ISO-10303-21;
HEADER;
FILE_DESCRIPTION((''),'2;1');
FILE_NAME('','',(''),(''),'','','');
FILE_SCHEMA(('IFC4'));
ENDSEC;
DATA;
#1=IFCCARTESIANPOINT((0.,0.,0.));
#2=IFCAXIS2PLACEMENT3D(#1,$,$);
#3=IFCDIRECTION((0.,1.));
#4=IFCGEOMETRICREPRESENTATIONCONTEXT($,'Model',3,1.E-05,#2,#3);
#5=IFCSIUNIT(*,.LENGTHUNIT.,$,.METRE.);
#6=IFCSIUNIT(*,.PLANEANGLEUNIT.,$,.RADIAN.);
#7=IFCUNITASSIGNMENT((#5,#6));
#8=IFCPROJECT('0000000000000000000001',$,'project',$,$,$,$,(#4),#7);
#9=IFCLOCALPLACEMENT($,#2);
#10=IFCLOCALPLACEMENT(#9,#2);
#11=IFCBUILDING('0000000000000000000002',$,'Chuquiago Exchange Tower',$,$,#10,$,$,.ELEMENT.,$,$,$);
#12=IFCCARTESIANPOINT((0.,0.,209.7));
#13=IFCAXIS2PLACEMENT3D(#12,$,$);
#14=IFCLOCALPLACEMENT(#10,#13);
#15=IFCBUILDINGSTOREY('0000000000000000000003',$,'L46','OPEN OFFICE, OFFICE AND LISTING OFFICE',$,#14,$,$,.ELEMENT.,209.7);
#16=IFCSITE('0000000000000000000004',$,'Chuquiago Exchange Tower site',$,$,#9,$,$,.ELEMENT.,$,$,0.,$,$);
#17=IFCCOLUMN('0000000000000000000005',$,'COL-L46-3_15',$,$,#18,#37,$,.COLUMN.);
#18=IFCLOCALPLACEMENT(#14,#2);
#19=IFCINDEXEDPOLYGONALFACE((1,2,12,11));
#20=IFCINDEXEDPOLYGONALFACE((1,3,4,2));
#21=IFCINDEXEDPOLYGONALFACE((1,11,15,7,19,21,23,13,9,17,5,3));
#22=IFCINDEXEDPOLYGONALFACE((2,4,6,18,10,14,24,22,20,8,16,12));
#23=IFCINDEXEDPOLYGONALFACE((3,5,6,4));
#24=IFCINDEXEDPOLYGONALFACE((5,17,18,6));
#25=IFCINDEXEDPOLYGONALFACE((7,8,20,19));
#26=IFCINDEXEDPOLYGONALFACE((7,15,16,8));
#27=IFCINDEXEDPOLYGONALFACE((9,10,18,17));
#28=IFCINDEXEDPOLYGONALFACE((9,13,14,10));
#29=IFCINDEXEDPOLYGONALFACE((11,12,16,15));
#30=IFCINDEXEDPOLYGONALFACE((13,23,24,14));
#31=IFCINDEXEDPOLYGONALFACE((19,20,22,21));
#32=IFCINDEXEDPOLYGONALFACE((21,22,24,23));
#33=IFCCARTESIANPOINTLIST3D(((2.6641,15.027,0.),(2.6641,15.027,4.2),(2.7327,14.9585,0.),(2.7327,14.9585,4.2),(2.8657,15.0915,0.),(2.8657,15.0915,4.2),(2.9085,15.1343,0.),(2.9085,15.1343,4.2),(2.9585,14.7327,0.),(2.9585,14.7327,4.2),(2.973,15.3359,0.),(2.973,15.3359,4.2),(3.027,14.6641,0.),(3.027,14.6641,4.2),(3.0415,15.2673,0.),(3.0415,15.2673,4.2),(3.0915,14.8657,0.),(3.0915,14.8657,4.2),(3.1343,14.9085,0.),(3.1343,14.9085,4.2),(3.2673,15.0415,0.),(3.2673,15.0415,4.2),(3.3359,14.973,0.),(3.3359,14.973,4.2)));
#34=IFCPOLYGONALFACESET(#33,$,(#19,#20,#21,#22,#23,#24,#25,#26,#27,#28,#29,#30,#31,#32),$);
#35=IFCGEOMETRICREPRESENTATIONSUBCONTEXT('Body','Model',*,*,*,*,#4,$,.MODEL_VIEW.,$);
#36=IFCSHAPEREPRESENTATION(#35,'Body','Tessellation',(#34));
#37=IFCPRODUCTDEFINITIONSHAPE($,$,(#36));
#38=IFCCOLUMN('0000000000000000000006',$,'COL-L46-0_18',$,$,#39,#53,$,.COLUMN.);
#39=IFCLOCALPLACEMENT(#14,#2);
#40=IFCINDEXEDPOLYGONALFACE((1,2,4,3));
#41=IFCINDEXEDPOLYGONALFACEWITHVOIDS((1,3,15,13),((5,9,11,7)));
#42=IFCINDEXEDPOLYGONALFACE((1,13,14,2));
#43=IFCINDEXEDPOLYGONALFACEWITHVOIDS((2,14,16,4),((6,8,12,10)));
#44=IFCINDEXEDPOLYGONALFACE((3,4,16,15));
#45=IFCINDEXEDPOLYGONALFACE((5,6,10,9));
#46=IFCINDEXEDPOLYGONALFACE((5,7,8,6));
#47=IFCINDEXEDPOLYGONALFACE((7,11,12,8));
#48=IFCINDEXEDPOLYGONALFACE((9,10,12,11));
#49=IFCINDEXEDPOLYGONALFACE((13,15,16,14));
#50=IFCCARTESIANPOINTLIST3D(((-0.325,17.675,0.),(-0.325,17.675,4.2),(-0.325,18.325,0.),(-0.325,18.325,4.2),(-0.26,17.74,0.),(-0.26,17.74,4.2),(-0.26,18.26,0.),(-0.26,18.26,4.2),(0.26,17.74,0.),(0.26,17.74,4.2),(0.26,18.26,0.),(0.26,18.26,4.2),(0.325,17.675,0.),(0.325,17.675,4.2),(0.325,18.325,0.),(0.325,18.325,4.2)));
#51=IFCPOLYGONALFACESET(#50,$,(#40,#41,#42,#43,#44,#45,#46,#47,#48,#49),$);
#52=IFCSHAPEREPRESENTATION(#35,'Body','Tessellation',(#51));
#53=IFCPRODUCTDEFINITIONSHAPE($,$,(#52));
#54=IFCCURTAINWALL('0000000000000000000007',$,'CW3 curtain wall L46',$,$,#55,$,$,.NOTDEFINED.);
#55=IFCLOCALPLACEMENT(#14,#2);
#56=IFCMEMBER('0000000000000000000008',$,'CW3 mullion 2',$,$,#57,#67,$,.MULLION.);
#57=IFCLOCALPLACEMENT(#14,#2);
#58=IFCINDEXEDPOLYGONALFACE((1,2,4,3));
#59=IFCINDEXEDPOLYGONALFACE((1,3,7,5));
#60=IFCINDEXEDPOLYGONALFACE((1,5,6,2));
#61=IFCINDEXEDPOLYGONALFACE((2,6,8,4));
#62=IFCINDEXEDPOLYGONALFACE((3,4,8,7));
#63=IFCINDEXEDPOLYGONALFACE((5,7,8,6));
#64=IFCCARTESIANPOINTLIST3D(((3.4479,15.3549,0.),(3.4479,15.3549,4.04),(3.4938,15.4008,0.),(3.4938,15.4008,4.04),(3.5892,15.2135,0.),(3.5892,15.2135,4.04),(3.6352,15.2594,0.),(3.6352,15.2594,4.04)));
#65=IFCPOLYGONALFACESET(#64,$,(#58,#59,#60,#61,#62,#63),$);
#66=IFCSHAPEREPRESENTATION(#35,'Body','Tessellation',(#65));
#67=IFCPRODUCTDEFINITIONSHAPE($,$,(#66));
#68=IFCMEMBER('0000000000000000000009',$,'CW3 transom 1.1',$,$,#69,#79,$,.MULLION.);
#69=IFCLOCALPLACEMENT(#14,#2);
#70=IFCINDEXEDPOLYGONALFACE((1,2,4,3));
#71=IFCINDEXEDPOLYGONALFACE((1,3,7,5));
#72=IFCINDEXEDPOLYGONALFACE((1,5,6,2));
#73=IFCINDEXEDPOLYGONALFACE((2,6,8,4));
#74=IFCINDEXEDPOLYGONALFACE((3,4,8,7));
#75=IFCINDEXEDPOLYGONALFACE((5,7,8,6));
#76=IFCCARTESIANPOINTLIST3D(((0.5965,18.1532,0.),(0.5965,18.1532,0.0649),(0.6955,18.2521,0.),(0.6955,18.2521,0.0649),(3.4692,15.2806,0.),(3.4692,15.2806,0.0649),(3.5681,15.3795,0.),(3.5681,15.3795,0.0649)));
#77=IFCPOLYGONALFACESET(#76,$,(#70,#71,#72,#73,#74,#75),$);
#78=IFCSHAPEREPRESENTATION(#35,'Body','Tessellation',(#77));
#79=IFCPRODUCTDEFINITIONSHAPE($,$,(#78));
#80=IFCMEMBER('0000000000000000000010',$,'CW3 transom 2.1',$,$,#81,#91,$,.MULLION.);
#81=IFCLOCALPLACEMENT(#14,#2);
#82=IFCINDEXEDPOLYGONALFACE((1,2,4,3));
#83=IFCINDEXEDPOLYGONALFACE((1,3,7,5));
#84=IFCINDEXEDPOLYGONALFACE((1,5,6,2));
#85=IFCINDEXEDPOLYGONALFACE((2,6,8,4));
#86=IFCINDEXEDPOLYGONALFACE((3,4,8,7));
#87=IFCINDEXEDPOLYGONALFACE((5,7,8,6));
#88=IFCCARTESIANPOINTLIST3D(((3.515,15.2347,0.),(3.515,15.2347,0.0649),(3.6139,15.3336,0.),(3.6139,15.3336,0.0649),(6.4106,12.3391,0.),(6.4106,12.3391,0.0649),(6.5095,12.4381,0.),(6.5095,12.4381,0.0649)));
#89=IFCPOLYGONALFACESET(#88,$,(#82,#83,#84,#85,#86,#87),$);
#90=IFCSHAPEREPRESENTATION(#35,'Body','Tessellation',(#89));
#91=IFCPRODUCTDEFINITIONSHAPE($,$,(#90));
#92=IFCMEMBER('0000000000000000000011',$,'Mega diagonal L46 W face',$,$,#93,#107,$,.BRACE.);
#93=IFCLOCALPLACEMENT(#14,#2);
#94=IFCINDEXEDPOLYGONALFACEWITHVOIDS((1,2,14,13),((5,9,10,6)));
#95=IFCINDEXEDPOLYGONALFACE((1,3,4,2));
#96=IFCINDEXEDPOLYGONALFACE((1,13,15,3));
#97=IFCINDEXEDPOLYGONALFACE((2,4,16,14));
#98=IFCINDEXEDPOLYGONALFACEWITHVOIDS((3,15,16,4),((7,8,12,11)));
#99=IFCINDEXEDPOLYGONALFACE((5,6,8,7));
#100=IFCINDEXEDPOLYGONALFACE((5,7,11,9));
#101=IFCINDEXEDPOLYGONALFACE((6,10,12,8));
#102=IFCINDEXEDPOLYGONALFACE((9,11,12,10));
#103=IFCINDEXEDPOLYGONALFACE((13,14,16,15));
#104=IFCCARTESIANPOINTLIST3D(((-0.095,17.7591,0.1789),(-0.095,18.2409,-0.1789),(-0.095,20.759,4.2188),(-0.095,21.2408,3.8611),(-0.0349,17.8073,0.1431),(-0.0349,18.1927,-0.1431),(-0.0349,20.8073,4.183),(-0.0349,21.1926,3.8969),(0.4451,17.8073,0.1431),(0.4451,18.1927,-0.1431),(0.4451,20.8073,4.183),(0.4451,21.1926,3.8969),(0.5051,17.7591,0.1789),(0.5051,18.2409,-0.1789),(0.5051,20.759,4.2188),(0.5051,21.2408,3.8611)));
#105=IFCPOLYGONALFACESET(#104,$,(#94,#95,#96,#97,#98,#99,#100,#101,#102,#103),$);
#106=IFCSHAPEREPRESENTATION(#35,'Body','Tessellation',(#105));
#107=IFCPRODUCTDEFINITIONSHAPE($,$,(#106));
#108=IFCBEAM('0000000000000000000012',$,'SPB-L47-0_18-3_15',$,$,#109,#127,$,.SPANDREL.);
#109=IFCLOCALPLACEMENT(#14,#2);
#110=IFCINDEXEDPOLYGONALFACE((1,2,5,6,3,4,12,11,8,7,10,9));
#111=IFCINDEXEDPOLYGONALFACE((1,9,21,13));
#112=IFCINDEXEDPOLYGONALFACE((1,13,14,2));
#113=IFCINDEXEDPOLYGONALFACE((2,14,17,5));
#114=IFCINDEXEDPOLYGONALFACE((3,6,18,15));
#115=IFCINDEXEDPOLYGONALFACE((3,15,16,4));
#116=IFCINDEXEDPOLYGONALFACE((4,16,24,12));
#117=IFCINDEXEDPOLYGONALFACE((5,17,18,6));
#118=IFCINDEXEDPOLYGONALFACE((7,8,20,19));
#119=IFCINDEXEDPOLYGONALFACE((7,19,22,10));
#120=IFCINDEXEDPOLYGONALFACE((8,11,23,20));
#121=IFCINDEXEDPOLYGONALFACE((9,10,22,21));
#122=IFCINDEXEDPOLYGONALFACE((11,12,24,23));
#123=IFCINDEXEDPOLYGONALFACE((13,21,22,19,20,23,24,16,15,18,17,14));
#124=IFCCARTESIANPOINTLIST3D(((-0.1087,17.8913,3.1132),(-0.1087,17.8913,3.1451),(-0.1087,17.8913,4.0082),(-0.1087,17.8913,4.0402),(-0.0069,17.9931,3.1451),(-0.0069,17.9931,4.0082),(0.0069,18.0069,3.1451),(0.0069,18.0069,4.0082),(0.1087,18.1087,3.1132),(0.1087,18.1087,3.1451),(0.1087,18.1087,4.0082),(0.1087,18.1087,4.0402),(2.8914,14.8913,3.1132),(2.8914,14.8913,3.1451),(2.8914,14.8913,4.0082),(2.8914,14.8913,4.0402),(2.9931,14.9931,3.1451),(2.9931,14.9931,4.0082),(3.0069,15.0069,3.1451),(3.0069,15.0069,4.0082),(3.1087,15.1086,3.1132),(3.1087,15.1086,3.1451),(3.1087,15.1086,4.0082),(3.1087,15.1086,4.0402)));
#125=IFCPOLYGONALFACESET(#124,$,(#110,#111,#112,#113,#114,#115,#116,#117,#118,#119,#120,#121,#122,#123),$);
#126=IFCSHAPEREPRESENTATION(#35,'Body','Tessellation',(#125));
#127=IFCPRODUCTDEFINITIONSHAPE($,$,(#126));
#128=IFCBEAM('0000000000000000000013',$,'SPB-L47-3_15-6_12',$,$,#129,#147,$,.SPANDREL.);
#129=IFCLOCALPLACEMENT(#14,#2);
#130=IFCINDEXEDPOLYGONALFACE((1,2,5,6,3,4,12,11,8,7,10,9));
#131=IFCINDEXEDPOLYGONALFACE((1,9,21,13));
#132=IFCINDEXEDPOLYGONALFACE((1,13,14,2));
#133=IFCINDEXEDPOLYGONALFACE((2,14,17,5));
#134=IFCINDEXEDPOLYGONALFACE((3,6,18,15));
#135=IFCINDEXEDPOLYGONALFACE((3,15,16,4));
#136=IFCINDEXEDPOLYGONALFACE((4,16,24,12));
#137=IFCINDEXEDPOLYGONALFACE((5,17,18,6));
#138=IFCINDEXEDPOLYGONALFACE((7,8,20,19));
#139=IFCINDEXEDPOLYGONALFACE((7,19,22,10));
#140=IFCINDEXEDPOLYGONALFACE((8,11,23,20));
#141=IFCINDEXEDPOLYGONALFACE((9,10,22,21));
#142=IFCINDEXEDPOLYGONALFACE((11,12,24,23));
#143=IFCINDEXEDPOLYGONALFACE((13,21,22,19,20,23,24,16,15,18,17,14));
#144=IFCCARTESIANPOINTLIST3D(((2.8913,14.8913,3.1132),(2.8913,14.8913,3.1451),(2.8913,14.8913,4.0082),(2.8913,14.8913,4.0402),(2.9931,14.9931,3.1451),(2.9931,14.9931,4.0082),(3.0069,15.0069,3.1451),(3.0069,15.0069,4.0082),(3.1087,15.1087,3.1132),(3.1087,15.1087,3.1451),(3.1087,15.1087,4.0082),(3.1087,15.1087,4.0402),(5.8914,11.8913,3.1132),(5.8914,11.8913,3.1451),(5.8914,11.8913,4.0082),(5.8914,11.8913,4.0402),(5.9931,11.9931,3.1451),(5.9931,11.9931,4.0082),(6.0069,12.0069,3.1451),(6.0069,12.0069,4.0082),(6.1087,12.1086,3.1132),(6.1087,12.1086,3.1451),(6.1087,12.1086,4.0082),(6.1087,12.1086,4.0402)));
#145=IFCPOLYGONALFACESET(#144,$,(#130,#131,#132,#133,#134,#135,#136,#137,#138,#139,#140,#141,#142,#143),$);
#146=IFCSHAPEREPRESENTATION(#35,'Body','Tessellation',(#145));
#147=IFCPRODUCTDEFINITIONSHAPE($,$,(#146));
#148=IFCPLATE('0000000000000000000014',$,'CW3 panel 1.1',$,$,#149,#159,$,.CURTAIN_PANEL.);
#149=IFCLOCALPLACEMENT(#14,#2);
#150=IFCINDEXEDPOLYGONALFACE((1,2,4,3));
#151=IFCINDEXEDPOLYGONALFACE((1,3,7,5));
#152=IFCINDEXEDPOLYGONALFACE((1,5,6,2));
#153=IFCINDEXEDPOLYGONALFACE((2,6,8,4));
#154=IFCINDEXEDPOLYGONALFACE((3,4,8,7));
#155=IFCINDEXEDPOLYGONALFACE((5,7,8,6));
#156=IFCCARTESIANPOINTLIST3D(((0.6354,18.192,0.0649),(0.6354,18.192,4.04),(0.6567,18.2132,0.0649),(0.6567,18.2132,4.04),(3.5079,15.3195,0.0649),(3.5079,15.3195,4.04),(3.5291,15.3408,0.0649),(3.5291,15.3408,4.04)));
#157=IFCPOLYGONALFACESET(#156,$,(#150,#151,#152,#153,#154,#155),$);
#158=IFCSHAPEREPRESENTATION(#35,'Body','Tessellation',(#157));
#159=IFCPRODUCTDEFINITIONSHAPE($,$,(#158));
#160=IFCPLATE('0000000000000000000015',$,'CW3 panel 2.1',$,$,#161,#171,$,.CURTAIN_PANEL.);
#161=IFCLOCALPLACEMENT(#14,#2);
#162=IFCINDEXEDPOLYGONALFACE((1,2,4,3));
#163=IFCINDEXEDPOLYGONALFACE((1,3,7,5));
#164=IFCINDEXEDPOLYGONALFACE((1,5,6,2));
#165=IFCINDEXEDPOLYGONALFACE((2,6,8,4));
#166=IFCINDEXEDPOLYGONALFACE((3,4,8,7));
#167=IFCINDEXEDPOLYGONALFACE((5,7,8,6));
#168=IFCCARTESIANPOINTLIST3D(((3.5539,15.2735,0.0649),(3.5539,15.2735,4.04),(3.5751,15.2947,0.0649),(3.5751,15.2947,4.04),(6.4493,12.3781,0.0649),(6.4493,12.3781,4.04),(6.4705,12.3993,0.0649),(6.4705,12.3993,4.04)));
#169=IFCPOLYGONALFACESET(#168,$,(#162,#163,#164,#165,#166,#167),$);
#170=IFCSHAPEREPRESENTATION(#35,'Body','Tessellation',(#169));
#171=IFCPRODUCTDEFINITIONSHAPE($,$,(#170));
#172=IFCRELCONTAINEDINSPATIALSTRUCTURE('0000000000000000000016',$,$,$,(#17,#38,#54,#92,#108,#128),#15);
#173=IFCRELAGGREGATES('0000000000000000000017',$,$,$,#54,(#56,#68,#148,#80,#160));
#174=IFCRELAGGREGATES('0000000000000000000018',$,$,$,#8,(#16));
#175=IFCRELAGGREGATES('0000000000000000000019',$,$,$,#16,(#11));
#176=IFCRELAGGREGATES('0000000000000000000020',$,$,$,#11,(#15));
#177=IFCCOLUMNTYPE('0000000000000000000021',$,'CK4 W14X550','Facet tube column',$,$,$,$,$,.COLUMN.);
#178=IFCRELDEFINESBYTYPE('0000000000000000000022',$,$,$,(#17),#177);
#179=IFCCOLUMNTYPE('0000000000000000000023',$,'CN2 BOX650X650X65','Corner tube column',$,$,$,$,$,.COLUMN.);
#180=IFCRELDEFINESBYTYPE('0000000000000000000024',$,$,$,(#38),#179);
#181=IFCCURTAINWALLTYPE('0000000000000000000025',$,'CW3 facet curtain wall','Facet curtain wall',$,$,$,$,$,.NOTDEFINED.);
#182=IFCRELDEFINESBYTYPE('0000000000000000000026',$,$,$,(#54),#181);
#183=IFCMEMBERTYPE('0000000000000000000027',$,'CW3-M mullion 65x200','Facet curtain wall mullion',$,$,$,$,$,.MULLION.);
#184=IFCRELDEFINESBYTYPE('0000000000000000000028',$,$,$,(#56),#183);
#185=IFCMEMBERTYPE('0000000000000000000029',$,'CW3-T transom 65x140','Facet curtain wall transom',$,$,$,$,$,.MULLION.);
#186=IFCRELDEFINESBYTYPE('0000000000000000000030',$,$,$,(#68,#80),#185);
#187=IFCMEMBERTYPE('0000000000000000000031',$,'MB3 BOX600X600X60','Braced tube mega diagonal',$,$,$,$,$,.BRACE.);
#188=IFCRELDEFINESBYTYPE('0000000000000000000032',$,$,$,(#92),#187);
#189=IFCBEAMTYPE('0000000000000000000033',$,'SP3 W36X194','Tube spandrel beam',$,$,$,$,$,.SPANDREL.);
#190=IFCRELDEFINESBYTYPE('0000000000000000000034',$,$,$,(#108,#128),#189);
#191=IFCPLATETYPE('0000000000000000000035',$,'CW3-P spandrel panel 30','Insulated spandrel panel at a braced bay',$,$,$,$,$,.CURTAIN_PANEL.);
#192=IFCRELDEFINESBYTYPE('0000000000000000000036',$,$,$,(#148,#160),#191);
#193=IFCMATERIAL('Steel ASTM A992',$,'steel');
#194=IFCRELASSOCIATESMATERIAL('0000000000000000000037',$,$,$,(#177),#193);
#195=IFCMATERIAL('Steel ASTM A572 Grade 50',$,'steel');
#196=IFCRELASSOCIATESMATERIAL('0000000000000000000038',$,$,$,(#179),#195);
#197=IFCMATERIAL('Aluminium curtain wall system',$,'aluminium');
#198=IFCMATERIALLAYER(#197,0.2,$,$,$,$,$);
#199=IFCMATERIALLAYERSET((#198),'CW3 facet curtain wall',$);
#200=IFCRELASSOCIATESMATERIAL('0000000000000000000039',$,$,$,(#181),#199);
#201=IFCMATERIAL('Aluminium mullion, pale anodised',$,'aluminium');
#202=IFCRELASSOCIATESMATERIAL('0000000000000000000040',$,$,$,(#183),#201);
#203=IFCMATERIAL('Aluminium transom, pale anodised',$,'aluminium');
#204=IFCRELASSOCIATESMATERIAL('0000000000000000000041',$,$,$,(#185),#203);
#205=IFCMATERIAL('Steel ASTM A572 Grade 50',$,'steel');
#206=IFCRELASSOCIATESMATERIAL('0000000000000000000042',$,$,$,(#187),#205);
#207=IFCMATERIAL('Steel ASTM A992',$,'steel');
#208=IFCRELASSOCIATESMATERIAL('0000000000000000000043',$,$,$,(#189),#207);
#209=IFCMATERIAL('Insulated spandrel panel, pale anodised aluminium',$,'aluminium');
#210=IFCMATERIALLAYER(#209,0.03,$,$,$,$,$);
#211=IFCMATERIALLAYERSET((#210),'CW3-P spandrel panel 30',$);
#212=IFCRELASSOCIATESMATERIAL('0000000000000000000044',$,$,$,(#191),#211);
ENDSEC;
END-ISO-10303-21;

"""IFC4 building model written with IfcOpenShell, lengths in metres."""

from ifc_helpers import new_model, si_unit, direction, frame, origin, origin_2d, place, context, subcontext, project, spatial, rectangle, hollow_rectangle, i_section, extrude, material, layer, layer_set, material_profile, profile_set, type_object, element, aggregate, save


model = new_model("IFC4")

# Units and contexts
model_context = context("Model", 3, precision=1e-05, world=origin(), true_north=direction((0.0, 1.0)))
body_context = subcontext(model_context, "Body", "Model", "MODEL_VIEW")
ifc_project = project(units=[si_unit("LENGTHUNIT", "METRE"), si_unit("PLANEANGLEUNIT", "RADIAN")], contexts=[model_context])

# Site, building, storey
site_placement = place(None, origin())
site = spatial("IfcSite", under=ifc_project, at=site_placement, Name="Chuquiago Exchange Tower site", CompositionType="ELEMENT", RefElevation=0.0)
building_placement = place(site_placement, origin())
building = spatial("IfcBuilding", under=site, at=building_placement, Name="Chuquiago Exchange Tower", CompositionType="ELEMENT")
storey_placement = place(building_placement, frame((0.0, 0.0, 209.7)))
storey = spatial("IfcBuildingStorey", under=building, at=storey_placement, Name="L46", Description="OPEN OFFICE, OFFICE AND LISTING OFFICE", CompositionType="ELEMENT", Elevation=209.7)

# Columns
ifc_material_1 = material(Name="Steel ASTM A992", Category="steel")
ifc_material_profile_1 = material_profile(ifc_material_1, i_section(OverallWidth=0.4368, OverallDepth=0.5132, WebThickness=0.0605, FlangeThickness=0.0969, at=origin_2d()), Name="W14X550")
ifc_profile_set_1 = profile_set([ifc_material_profile_1], Name="Steel ASTM A992")
column_type_1 = type_object("IfcColumnType", Name="CK4 W14X550", Description="Facet tube column", PredefinedType="COLUMN", material=ifc_profile_set_1)
column_1_placement = place(storey_placement, frame((3.0, 15.0, 0.0), z_axis=(0.0, 0.0, 1.0), x_axis=(-0.707107, -0.707107, 0.0)))
element("IfcColumn", 1, at=column_1_placement, inside=storey, type_object=column_type_1, Name="COL-L46-3_15", PredefinedType="COLUMN", context=body_context, shape_type="SweptSolid", body=[
    extrude(i_section(OverallWidth=0.4368, OverallDepth=0.5132, WebThickness=0.0605, FlangeThickness=0.0969, at=origin_2d()), origin(), (0.0, 0.0, 1.0), 4.2),
])
ifc_material_2 = material(Name="Steel ASTM A572 Grade 50", Category="steel")
ifc_material_profile_2 = material_profile(ifc_material_2, hollow_rectangle(XDim=0.6499, YDim=0.6499, WallThickness=0.0649, at=origin_2d()), Name="BOX650X650X65")
ifc_profile_set_2 = profile_set([ifc_material_profile_2], Name="Steel ASTM A572 Grade 50")
column_type_2 = type_object("IfcColumnType", Name="CN2 BOX650X650X65", Description="Corner tube column", PredefinedType="COLUMN", material=ifc_profile_set_2)
column_2_placement = place(storey_placement, frame((0.0, 18.0, 0.0), z_axis=(0.0, 0.0, 1.0), x_axis=(-1.0, 0.0, 0.0)))
element("IfcColumn", 2, at=column_2_placement, inside=storey, type_object=column_type_2, Name="COL-L46-0_18", PredefinedType="COLUMN", context=body_context, shape_type="SweptSolid", body=[
    extrude(hollow_rectangle(XDim=0.6499, YDim=0.6499, WallThickness=0.0649, at=origin_2d()), origin(), (0.0, 0.0, 1.0), 4.2),
])

# Curtain wall, members
ifc_material_3 = material(Name="Aluminium curtain wall system", Category="aluminium")
ifc_layer_1 = layer(ifc_material_3, 0.2)
ifc_layer_set_1 = layer_set([ifc_layer_1], Name="CW3 facet curtain wall")
curtain_wall_type = type_object("IfcCurtainWallType", Name="CW3 facet curtain wall", Description="Facet curtain wall", PredefinedType="NOTDEFINED", material=ifc_layer_set_1)
curtain_wall_placement = place(storey_placement, origin())
curtain_wall = element("IfcCurtainWall", 3, at=curtain_wall_placement, inside=storey, type_object=curtain_wall_type, Name="CW3 curtain wall L46", PredefinedType="NOTDEFINED")
ifc_material_4 = material(Name="Aluminium mullion, pale anodised", Category="aluminium")
ifc_material_profile_3 = material_profile(ifc_material_4, rectangle(XDim=0.0649, YDim=0.2, at=origin_2d()), Name="AL 65x200")
ifc_profile_set_3 = profile_set([ifc_material_profile_3], Name="Aluminium mullion, pale anodised")
member_type_1 = type_object("IfcMemberType", Name="CW3-M mullion 65x200", Description="Facet curtain wall mullion", PredefinedType="MULLION", material=ifc_profile_set_3)
member_1_placement = place(storey_placement, frame((3.5415, 15.3071, 0.0), z_axis=(0.0, 0.0, 1.0), x_axis=(0.707107, 0.707107, 0.0)))
member_1 = element("IfcMember", 4, at=member_1_placement, type_object=member_type_1, Name="CW3 mullion 2", PredefinedType="MULLION", context=body_context, shape_type="SweptSolid", body=[
    extrude(rectangle(XDim=0.0649, YDim=0.2, at=origin_2d()), origin(), (0.0, 0.0, 1.0), 4.04),
])
ifc_material_5 = material(Name="Aluminium transom, pale anodised", Category="aluminium")
ifc_material_profile_4 = material_profile(ifc_material_5, rectangle(XDim=0.1399, YDim=0.0649, at=origin_2d()), Name="AL 140x65")
ifc_profile_set_4 = profile_set([ifc_material_profile_4], Name="Aluminium transom, pale anodised")
member_type_2 = type_object("IfcMemberType", Name="CW3-T transom 65x140", Description="Facet curtain wall transom", PredefinedType="MULLION", material=ifc_profile_set_4)
member_2_placement = place(storey_placement, frame((0.646, 18.2026, 0.0325), z_axis=(0.707107, -0.707107, 0.0), x_axis=(0.707107, 0.707107, 0.0)))
member_2 = element("IfcMember", 5, at=member_2_placement, type_object=member_type_2, Name="CW3 transom 1.1", PredefinedType="MULLION", context=body_context, shape_type="SweptSolid", body=[
    extrude(rectangle(XDim=0.1399, YDim=0.0649, at=origin_2d()), origin(), (0.0, 0.0, 1.0), 4.0625),
])
member_3_placement = place(storey_placement, frame((3.5645, 15.2842, 0.0325), z_axis=(0.707107, -0.707107, 0.0), x_axis=(0.707107, 0.707107, 0.0)))
member_3 = element("IfcMember", 6, at=member_3_placement, type_object=member_type_2, Name="CW3 transom 2.1", PredefinedType="MULLION", context=body_context, shape_type="SweptSolid", body=[
    extrude(rectangle(XDim=0.1399, YDim=0.0649, at=origin_2d()), origin(), (0.0, 0.0, 1.0), 4.095),
])

# Member
ifc_material_6 = material(Name="Steel ASTM A572 Grade 50", Category="steel")
ifc_material_profile_5 = material_profile(ifc_material_6, hollow_rectangle(XDim=0.6001, YDim=0.6001, WallThickness=0.0601, at=origin_2d()), Name="BOX600X600X60")
ifc_profile_set_5 = profile_set([ifc_material_profile_5], Name="Steel ASTM A572 Grade 50")
member_type_3 = type_object("IfcMemberType", Name="MB3 BOX600X600X60", Description="Braced tube mega diagonal", PredefinedType="BRACE", material=ifc_profile_set_5)
member_4_placement = place(storey_placement, frame((0.2051, 18.0, 0.0), z_axis=(0.0, 0.596174, 0.802855), x_axis=(-1.0, 0.0, 0.0)))
element("IfcMember", 7, at=member_4_placement, inside=storey, type_object=member_type_3, Name="Mega diagonal L46 W face", PredefinedType="BRACE", context=body_context, shape_type="SweptSolid", body=[
    extrude(hollow_rectangle(XDim=0.6001, YDim=0.6001, WallThickness=0.0601, at=origin_2d()), origin(), (0.0, 0.0, 1.0), 5.032),
])

# Beams
ifc_material_7 = material(Name="Steel ASTM A992", Category="steel")
ifc_material_profile_6 = material_profile(ifc_material_7, i_section(OverallWidth=0.3074, OverallDepth=0.927, WebThickness=0.0195, FlangeThickness=0.032, at=origin_2d()), Name="W36X194")
ifc_profile_set_6 = profile_set([ifc_material_profile_6], Name="Steel ASTM A992")
beam_type = type_object("IfcBeamType", Name="SP3 W36X194", Description="Tube spandrel beam", PredefinedType="SPANDREL", material=ifc_profile_set_6)
for number, where, z_axis, x_axis, name in (
    (8, (0.0, 18.0, 3.5767), (0.707107, -0.707107, 0.0), (0.707107, 0.707107, 0.0), "SPB-L47-0_18-3_15"),
    (9, (3.0, 15.0, 3.5767), (0.707107, -0.707107, 0.0), (0.707107, 0.707107, 0.0), "SPB-L47-3_15-6_12"),
):
    element("IfcBeam", number, at=place(storey_placement, frame(where, z_axis=z_axis, x_axis=x_axis)), inside=storey, type_object=beam_type, Name=name, PredefinedType="SPANDREL", context=body_context, shape_type="SweptSolid", body=[
        extrude(i_section(OverallWidth=0.3074, OverallDepth=0.927, WebThickness=0.0195, FlangeThickness=0.032, at=origin_2d()), origin(), (0.0, 0.0, 1.0), 4.2427),
    ])

# Plates
ifc_material_8 = material(Name="Insulated spandrel panel, pale anodised aluminium", Category="aluminium")
ifc_layer_2 = layer(ifc_material_8, 0.03)
ifc_layer_set_2 = layer_set([ifc_layer_2], Name="CW3-P spandrel panel 30")
plate_type = type_object("IfcPlateType", Name="CW3-P spandrel panel 30", Description="Insulated spandrel panel at a braced bay", PredefinedType="CURTAIN_PANEL", material=ifc_layer_set_2)
plate_1_placement = place(storey_placement, frame((2.0823, 16.7664, 0.0649), z_axis=(0.0, 0.0, 1.0), x_axis=(0.707107, -0.707107, 0.0)))
plate_1 = element("IfcPlate", 10, at=plate_1_placement, type_object=plate_type, Name="CW3 panel 1.1", PredefinedType="CURTAIN_PANEL", context=body_context, shape_type="SweptSolid", body=[
    extrude(rectangle(XDim=4.0623, YDim=0.03, at=origin_2d()), origin(), (0.0, 0.0, 1.0), 3.9751),
])
plate_2_placement = place(storey_placement, frame((5.0122, 13.8364, 0.0649), z_axis=(0.0, 0.0, 1.0), x_axis=(0.707107, -0.707107, 0.0)))
plate_2 = element("IfcPlate", 11, at=plate_2_placement, type_object=plate_type, Name="CW3 panel 2.1", PredefinedType="CURTAIN_PANEL", context=body_context, shape_type="SweptSolid", body=[
    extrude(rectangle(XDim=4.0947, YDim=0.03, at=origin_2d()), origin(), (0.0, 0.0, 1.0), 3.9751),
])
aggregate(curtain_wall, [member_1, member_2, plate_1, member_3, plate_2])

save(model, "model.ifc")
